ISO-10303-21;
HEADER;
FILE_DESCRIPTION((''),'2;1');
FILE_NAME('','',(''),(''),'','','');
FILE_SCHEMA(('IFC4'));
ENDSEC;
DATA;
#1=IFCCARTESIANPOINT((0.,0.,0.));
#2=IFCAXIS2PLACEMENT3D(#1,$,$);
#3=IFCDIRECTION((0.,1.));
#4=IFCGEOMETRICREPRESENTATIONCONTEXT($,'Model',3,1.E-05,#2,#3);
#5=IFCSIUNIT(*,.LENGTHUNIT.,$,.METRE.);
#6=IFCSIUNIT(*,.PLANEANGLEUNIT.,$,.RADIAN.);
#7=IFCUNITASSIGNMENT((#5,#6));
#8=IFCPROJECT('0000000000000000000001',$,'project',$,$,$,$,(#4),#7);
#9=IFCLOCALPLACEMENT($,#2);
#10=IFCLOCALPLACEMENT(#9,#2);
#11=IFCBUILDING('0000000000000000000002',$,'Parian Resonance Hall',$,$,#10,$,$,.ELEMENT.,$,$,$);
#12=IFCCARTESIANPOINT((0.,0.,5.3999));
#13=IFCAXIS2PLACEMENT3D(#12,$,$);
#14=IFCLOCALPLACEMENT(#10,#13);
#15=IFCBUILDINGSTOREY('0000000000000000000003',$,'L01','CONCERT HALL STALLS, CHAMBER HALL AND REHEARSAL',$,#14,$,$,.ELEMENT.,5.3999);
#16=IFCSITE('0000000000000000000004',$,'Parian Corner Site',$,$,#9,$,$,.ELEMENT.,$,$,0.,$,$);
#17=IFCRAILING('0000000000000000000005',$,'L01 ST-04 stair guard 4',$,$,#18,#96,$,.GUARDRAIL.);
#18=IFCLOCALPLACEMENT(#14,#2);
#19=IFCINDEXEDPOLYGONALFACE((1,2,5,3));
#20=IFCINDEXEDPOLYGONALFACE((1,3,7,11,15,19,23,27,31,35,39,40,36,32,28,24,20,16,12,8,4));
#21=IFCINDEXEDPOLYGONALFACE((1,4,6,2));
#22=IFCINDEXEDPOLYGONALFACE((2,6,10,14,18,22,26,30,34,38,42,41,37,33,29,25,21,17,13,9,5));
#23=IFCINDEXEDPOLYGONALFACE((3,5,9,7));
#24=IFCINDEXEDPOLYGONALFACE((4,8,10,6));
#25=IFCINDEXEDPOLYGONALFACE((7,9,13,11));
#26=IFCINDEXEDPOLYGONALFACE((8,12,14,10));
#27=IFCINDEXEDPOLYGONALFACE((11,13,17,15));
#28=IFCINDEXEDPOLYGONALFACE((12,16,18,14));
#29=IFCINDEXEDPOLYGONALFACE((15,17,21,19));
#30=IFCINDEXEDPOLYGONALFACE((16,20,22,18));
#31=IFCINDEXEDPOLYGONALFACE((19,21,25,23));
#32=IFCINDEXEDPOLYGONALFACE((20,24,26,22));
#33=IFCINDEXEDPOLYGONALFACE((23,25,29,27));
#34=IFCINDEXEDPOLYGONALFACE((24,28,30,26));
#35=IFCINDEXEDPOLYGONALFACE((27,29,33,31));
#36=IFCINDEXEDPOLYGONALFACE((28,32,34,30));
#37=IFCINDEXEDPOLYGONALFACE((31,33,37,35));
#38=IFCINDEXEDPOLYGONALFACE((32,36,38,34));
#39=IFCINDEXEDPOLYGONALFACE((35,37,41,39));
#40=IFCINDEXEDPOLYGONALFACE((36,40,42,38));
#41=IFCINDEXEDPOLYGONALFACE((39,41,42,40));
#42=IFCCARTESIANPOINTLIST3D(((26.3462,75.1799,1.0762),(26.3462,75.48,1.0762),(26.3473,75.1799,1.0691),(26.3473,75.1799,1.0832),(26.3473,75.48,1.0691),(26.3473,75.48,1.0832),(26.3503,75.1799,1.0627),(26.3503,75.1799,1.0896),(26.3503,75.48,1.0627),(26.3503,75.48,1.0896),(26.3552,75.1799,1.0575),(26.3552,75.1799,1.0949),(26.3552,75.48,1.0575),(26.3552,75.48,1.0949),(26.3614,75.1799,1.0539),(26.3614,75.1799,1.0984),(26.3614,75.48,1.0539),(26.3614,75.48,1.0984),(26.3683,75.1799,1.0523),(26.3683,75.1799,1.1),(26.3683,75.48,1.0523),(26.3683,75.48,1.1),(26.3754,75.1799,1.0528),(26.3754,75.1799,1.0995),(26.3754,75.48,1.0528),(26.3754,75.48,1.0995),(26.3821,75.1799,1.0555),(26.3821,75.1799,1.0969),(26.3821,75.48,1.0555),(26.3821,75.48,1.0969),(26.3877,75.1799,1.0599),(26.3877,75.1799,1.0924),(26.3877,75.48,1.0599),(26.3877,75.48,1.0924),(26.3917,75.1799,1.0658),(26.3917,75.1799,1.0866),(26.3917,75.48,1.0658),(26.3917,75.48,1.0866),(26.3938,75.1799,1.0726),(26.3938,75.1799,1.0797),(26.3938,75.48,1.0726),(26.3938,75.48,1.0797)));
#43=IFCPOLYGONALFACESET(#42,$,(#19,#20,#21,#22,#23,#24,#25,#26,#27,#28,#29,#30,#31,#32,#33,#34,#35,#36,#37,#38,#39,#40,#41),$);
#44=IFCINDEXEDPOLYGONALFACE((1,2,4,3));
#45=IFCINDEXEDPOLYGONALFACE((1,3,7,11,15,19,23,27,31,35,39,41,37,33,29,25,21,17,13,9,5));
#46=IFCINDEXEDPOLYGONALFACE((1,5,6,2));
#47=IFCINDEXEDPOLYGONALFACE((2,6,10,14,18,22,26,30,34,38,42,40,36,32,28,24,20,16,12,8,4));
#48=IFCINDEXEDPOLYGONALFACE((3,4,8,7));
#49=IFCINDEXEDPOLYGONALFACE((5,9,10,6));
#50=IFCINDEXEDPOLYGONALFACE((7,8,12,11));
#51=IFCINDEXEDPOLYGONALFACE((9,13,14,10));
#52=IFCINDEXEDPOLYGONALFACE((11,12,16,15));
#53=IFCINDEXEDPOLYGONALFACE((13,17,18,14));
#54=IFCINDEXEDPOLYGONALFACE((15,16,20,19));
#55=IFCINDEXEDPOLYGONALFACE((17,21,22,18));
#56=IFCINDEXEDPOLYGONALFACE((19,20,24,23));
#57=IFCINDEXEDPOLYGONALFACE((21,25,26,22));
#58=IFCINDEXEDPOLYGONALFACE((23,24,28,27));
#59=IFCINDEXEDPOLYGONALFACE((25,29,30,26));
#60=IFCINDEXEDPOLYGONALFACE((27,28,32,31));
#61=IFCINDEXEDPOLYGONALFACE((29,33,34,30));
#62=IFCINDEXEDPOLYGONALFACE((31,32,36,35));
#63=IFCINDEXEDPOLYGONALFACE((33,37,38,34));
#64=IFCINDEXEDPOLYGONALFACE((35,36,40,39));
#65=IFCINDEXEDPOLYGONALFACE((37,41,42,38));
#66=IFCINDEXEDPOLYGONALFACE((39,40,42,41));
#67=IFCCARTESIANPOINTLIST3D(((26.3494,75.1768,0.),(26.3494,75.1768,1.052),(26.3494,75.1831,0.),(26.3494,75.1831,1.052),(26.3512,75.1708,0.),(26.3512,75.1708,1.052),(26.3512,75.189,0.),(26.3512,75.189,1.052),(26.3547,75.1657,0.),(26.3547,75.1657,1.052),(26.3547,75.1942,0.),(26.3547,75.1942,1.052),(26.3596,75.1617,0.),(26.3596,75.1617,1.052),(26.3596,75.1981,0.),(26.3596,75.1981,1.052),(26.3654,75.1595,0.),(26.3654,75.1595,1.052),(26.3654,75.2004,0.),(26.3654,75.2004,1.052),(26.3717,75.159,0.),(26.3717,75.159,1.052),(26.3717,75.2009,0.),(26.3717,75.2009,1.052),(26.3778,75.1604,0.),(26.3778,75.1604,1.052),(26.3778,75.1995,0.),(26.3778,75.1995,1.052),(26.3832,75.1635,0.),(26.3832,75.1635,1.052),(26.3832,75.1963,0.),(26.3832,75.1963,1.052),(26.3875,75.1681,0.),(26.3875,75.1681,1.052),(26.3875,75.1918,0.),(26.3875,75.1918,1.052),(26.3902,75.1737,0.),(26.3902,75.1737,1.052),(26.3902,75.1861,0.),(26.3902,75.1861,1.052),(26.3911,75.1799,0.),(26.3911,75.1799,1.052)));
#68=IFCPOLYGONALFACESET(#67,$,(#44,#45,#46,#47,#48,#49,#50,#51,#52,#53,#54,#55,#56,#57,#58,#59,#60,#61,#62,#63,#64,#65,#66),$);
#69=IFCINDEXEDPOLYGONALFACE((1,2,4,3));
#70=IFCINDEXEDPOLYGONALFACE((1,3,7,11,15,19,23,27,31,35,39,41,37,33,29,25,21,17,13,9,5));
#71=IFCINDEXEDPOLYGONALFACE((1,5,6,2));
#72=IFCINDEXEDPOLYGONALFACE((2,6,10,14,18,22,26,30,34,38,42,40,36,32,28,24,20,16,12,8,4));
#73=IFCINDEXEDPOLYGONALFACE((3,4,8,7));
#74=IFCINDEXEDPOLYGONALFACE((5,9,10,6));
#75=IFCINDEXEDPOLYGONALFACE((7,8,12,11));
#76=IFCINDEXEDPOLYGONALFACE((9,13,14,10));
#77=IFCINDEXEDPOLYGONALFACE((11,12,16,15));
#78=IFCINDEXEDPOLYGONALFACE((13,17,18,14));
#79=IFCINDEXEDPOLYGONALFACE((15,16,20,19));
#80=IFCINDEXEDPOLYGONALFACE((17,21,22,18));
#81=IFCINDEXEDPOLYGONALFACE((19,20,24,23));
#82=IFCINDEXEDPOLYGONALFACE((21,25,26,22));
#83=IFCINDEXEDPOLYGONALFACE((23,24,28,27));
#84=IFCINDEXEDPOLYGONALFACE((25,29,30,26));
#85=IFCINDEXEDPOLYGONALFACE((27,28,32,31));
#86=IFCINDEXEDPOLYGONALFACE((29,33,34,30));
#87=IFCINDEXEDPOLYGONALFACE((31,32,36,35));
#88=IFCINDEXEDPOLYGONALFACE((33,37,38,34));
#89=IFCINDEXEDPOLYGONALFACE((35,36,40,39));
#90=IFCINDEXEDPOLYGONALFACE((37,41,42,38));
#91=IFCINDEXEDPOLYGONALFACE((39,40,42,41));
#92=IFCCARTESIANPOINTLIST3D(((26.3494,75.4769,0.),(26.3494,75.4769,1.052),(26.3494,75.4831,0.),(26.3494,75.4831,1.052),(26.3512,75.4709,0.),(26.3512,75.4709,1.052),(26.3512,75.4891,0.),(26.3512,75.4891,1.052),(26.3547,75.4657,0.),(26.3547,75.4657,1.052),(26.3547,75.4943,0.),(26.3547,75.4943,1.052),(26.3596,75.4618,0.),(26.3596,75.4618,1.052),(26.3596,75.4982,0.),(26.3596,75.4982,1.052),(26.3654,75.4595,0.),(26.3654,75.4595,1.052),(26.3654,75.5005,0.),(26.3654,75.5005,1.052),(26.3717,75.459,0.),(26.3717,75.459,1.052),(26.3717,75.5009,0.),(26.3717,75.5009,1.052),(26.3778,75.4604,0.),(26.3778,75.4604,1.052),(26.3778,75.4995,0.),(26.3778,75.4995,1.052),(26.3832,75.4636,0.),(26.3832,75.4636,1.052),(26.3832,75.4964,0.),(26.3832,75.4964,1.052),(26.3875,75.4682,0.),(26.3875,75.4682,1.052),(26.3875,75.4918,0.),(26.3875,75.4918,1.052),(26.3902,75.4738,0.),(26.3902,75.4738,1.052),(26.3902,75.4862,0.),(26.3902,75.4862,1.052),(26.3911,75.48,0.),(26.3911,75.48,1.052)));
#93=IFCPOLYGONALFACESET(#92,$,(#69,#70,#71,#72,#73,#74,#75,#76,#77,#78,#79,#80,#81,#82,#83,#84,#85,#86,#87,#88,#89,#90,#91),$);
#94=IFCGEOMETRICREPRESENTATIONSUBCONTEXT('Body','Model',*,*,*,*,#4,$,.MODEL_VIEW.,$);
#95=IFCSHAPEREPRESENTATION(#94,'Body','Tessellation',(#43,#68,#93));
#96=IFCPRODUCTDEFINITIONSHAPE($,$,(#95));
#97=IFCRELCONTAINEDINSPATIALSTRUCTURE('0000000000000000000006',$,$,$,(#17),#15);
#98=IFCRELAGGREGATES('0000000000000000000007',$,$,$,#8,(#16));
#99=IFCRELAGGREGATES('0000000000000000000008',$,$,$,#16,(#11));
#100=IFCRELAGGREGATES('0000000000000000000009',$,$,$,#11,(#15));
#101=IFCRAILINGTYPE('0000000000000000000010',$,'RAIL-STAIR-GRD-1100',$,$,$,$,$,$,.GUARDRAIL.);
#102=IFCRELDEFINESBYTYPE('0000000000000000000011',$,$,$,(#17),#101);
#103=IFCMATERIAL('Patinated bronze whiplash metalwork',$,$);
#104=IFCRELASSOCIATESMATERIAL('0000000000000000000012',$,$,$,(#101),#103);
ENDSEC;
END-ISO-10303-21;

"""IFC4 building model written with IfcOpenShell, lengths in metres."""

from ifc_helpers import new_model, si_unit, direction, frame, origin, origin_2d, place, context, subcontext, project, spatial, circle, extrude, material, type_object, element, save


model = new_model("IFC4")

# Units and contexts
model_context = context("Model", 3, precision=1e-05, world=origin(), true_north=direction((0.0, 1.0)))
body_context = subcontext(model_context, "Body", "Model", "MODEL_VIEW")
ifc_project = project(units=[si_unit("LENGTHUNIT", "METRE"), si_unit("PLANEANGLEUNIT", "RADIAN")], contexts=[model_context])

# Site, building, storey
site_placement = place(None, origin())
site = spatial("IfcSite", under=ifc_project, at=site_placement, Name="Parian Corner Site", CompositionType="ELEMENT", RefElevation=0.0)
building_placement = place(site_placement, origin())
building = spatial("IfcBuilding", under=site, at=building_placement, Name="Parian Resonance Hall", CompositionType="ELEMENT")
storey_placement = place(building_placement, frame((0.0, 0.0, 5.3999)))
storey = spatial("IfcBuildingStorey", under=building, at=storey_placement, Name="L01", Description="CONCERT HALL STALLS, CHAMBER HALL AND REHEARSAL", CompositionType="ELEMENT", Elevation=5.3999)

# Railing
ifc_material_1 = material(Name="Patinated bronze whiplash metalwork")
railing_type_1 = type_object("IfcRailingType", Name="RAIL-STAIR-GRD-1100", PredefinedType="GUARDRAIL", material=ifc_material_1)
railing_1_placement = place(storey_placement, frame((26.3701, 75.1799, 0.0)))
element("IfcRailing", 1, at=railing_1_placement, inside=storey, type_object=railing_type_1, Name="L01 ST-04 stair guard 4", PredefinedType="GUARDRAIL", context=body_context, shape_type="SweptSolid", body=[
    extrude(circle(Radius=0.0239, at=origin_2d()), frame((0.0, 0.0, 1.0762), z_axis=(0.0, 1.0, 0.0), x_axis=(-1.0, 0.0, 0.0)), (0.0, 0.0, 1.0), 0.3),
    extrude(circle(Radius=0.021, at=origin_2d()), origin(), (0.0, 0.0, 1.0), 1.052),
    extrude(circle(Radius=0.021, at=origin_2d()), frame((0.0, 0.3, 0.0)), (0.0, 0.0, 1.0), 1.052),
])

save(model, "model.ifc")
